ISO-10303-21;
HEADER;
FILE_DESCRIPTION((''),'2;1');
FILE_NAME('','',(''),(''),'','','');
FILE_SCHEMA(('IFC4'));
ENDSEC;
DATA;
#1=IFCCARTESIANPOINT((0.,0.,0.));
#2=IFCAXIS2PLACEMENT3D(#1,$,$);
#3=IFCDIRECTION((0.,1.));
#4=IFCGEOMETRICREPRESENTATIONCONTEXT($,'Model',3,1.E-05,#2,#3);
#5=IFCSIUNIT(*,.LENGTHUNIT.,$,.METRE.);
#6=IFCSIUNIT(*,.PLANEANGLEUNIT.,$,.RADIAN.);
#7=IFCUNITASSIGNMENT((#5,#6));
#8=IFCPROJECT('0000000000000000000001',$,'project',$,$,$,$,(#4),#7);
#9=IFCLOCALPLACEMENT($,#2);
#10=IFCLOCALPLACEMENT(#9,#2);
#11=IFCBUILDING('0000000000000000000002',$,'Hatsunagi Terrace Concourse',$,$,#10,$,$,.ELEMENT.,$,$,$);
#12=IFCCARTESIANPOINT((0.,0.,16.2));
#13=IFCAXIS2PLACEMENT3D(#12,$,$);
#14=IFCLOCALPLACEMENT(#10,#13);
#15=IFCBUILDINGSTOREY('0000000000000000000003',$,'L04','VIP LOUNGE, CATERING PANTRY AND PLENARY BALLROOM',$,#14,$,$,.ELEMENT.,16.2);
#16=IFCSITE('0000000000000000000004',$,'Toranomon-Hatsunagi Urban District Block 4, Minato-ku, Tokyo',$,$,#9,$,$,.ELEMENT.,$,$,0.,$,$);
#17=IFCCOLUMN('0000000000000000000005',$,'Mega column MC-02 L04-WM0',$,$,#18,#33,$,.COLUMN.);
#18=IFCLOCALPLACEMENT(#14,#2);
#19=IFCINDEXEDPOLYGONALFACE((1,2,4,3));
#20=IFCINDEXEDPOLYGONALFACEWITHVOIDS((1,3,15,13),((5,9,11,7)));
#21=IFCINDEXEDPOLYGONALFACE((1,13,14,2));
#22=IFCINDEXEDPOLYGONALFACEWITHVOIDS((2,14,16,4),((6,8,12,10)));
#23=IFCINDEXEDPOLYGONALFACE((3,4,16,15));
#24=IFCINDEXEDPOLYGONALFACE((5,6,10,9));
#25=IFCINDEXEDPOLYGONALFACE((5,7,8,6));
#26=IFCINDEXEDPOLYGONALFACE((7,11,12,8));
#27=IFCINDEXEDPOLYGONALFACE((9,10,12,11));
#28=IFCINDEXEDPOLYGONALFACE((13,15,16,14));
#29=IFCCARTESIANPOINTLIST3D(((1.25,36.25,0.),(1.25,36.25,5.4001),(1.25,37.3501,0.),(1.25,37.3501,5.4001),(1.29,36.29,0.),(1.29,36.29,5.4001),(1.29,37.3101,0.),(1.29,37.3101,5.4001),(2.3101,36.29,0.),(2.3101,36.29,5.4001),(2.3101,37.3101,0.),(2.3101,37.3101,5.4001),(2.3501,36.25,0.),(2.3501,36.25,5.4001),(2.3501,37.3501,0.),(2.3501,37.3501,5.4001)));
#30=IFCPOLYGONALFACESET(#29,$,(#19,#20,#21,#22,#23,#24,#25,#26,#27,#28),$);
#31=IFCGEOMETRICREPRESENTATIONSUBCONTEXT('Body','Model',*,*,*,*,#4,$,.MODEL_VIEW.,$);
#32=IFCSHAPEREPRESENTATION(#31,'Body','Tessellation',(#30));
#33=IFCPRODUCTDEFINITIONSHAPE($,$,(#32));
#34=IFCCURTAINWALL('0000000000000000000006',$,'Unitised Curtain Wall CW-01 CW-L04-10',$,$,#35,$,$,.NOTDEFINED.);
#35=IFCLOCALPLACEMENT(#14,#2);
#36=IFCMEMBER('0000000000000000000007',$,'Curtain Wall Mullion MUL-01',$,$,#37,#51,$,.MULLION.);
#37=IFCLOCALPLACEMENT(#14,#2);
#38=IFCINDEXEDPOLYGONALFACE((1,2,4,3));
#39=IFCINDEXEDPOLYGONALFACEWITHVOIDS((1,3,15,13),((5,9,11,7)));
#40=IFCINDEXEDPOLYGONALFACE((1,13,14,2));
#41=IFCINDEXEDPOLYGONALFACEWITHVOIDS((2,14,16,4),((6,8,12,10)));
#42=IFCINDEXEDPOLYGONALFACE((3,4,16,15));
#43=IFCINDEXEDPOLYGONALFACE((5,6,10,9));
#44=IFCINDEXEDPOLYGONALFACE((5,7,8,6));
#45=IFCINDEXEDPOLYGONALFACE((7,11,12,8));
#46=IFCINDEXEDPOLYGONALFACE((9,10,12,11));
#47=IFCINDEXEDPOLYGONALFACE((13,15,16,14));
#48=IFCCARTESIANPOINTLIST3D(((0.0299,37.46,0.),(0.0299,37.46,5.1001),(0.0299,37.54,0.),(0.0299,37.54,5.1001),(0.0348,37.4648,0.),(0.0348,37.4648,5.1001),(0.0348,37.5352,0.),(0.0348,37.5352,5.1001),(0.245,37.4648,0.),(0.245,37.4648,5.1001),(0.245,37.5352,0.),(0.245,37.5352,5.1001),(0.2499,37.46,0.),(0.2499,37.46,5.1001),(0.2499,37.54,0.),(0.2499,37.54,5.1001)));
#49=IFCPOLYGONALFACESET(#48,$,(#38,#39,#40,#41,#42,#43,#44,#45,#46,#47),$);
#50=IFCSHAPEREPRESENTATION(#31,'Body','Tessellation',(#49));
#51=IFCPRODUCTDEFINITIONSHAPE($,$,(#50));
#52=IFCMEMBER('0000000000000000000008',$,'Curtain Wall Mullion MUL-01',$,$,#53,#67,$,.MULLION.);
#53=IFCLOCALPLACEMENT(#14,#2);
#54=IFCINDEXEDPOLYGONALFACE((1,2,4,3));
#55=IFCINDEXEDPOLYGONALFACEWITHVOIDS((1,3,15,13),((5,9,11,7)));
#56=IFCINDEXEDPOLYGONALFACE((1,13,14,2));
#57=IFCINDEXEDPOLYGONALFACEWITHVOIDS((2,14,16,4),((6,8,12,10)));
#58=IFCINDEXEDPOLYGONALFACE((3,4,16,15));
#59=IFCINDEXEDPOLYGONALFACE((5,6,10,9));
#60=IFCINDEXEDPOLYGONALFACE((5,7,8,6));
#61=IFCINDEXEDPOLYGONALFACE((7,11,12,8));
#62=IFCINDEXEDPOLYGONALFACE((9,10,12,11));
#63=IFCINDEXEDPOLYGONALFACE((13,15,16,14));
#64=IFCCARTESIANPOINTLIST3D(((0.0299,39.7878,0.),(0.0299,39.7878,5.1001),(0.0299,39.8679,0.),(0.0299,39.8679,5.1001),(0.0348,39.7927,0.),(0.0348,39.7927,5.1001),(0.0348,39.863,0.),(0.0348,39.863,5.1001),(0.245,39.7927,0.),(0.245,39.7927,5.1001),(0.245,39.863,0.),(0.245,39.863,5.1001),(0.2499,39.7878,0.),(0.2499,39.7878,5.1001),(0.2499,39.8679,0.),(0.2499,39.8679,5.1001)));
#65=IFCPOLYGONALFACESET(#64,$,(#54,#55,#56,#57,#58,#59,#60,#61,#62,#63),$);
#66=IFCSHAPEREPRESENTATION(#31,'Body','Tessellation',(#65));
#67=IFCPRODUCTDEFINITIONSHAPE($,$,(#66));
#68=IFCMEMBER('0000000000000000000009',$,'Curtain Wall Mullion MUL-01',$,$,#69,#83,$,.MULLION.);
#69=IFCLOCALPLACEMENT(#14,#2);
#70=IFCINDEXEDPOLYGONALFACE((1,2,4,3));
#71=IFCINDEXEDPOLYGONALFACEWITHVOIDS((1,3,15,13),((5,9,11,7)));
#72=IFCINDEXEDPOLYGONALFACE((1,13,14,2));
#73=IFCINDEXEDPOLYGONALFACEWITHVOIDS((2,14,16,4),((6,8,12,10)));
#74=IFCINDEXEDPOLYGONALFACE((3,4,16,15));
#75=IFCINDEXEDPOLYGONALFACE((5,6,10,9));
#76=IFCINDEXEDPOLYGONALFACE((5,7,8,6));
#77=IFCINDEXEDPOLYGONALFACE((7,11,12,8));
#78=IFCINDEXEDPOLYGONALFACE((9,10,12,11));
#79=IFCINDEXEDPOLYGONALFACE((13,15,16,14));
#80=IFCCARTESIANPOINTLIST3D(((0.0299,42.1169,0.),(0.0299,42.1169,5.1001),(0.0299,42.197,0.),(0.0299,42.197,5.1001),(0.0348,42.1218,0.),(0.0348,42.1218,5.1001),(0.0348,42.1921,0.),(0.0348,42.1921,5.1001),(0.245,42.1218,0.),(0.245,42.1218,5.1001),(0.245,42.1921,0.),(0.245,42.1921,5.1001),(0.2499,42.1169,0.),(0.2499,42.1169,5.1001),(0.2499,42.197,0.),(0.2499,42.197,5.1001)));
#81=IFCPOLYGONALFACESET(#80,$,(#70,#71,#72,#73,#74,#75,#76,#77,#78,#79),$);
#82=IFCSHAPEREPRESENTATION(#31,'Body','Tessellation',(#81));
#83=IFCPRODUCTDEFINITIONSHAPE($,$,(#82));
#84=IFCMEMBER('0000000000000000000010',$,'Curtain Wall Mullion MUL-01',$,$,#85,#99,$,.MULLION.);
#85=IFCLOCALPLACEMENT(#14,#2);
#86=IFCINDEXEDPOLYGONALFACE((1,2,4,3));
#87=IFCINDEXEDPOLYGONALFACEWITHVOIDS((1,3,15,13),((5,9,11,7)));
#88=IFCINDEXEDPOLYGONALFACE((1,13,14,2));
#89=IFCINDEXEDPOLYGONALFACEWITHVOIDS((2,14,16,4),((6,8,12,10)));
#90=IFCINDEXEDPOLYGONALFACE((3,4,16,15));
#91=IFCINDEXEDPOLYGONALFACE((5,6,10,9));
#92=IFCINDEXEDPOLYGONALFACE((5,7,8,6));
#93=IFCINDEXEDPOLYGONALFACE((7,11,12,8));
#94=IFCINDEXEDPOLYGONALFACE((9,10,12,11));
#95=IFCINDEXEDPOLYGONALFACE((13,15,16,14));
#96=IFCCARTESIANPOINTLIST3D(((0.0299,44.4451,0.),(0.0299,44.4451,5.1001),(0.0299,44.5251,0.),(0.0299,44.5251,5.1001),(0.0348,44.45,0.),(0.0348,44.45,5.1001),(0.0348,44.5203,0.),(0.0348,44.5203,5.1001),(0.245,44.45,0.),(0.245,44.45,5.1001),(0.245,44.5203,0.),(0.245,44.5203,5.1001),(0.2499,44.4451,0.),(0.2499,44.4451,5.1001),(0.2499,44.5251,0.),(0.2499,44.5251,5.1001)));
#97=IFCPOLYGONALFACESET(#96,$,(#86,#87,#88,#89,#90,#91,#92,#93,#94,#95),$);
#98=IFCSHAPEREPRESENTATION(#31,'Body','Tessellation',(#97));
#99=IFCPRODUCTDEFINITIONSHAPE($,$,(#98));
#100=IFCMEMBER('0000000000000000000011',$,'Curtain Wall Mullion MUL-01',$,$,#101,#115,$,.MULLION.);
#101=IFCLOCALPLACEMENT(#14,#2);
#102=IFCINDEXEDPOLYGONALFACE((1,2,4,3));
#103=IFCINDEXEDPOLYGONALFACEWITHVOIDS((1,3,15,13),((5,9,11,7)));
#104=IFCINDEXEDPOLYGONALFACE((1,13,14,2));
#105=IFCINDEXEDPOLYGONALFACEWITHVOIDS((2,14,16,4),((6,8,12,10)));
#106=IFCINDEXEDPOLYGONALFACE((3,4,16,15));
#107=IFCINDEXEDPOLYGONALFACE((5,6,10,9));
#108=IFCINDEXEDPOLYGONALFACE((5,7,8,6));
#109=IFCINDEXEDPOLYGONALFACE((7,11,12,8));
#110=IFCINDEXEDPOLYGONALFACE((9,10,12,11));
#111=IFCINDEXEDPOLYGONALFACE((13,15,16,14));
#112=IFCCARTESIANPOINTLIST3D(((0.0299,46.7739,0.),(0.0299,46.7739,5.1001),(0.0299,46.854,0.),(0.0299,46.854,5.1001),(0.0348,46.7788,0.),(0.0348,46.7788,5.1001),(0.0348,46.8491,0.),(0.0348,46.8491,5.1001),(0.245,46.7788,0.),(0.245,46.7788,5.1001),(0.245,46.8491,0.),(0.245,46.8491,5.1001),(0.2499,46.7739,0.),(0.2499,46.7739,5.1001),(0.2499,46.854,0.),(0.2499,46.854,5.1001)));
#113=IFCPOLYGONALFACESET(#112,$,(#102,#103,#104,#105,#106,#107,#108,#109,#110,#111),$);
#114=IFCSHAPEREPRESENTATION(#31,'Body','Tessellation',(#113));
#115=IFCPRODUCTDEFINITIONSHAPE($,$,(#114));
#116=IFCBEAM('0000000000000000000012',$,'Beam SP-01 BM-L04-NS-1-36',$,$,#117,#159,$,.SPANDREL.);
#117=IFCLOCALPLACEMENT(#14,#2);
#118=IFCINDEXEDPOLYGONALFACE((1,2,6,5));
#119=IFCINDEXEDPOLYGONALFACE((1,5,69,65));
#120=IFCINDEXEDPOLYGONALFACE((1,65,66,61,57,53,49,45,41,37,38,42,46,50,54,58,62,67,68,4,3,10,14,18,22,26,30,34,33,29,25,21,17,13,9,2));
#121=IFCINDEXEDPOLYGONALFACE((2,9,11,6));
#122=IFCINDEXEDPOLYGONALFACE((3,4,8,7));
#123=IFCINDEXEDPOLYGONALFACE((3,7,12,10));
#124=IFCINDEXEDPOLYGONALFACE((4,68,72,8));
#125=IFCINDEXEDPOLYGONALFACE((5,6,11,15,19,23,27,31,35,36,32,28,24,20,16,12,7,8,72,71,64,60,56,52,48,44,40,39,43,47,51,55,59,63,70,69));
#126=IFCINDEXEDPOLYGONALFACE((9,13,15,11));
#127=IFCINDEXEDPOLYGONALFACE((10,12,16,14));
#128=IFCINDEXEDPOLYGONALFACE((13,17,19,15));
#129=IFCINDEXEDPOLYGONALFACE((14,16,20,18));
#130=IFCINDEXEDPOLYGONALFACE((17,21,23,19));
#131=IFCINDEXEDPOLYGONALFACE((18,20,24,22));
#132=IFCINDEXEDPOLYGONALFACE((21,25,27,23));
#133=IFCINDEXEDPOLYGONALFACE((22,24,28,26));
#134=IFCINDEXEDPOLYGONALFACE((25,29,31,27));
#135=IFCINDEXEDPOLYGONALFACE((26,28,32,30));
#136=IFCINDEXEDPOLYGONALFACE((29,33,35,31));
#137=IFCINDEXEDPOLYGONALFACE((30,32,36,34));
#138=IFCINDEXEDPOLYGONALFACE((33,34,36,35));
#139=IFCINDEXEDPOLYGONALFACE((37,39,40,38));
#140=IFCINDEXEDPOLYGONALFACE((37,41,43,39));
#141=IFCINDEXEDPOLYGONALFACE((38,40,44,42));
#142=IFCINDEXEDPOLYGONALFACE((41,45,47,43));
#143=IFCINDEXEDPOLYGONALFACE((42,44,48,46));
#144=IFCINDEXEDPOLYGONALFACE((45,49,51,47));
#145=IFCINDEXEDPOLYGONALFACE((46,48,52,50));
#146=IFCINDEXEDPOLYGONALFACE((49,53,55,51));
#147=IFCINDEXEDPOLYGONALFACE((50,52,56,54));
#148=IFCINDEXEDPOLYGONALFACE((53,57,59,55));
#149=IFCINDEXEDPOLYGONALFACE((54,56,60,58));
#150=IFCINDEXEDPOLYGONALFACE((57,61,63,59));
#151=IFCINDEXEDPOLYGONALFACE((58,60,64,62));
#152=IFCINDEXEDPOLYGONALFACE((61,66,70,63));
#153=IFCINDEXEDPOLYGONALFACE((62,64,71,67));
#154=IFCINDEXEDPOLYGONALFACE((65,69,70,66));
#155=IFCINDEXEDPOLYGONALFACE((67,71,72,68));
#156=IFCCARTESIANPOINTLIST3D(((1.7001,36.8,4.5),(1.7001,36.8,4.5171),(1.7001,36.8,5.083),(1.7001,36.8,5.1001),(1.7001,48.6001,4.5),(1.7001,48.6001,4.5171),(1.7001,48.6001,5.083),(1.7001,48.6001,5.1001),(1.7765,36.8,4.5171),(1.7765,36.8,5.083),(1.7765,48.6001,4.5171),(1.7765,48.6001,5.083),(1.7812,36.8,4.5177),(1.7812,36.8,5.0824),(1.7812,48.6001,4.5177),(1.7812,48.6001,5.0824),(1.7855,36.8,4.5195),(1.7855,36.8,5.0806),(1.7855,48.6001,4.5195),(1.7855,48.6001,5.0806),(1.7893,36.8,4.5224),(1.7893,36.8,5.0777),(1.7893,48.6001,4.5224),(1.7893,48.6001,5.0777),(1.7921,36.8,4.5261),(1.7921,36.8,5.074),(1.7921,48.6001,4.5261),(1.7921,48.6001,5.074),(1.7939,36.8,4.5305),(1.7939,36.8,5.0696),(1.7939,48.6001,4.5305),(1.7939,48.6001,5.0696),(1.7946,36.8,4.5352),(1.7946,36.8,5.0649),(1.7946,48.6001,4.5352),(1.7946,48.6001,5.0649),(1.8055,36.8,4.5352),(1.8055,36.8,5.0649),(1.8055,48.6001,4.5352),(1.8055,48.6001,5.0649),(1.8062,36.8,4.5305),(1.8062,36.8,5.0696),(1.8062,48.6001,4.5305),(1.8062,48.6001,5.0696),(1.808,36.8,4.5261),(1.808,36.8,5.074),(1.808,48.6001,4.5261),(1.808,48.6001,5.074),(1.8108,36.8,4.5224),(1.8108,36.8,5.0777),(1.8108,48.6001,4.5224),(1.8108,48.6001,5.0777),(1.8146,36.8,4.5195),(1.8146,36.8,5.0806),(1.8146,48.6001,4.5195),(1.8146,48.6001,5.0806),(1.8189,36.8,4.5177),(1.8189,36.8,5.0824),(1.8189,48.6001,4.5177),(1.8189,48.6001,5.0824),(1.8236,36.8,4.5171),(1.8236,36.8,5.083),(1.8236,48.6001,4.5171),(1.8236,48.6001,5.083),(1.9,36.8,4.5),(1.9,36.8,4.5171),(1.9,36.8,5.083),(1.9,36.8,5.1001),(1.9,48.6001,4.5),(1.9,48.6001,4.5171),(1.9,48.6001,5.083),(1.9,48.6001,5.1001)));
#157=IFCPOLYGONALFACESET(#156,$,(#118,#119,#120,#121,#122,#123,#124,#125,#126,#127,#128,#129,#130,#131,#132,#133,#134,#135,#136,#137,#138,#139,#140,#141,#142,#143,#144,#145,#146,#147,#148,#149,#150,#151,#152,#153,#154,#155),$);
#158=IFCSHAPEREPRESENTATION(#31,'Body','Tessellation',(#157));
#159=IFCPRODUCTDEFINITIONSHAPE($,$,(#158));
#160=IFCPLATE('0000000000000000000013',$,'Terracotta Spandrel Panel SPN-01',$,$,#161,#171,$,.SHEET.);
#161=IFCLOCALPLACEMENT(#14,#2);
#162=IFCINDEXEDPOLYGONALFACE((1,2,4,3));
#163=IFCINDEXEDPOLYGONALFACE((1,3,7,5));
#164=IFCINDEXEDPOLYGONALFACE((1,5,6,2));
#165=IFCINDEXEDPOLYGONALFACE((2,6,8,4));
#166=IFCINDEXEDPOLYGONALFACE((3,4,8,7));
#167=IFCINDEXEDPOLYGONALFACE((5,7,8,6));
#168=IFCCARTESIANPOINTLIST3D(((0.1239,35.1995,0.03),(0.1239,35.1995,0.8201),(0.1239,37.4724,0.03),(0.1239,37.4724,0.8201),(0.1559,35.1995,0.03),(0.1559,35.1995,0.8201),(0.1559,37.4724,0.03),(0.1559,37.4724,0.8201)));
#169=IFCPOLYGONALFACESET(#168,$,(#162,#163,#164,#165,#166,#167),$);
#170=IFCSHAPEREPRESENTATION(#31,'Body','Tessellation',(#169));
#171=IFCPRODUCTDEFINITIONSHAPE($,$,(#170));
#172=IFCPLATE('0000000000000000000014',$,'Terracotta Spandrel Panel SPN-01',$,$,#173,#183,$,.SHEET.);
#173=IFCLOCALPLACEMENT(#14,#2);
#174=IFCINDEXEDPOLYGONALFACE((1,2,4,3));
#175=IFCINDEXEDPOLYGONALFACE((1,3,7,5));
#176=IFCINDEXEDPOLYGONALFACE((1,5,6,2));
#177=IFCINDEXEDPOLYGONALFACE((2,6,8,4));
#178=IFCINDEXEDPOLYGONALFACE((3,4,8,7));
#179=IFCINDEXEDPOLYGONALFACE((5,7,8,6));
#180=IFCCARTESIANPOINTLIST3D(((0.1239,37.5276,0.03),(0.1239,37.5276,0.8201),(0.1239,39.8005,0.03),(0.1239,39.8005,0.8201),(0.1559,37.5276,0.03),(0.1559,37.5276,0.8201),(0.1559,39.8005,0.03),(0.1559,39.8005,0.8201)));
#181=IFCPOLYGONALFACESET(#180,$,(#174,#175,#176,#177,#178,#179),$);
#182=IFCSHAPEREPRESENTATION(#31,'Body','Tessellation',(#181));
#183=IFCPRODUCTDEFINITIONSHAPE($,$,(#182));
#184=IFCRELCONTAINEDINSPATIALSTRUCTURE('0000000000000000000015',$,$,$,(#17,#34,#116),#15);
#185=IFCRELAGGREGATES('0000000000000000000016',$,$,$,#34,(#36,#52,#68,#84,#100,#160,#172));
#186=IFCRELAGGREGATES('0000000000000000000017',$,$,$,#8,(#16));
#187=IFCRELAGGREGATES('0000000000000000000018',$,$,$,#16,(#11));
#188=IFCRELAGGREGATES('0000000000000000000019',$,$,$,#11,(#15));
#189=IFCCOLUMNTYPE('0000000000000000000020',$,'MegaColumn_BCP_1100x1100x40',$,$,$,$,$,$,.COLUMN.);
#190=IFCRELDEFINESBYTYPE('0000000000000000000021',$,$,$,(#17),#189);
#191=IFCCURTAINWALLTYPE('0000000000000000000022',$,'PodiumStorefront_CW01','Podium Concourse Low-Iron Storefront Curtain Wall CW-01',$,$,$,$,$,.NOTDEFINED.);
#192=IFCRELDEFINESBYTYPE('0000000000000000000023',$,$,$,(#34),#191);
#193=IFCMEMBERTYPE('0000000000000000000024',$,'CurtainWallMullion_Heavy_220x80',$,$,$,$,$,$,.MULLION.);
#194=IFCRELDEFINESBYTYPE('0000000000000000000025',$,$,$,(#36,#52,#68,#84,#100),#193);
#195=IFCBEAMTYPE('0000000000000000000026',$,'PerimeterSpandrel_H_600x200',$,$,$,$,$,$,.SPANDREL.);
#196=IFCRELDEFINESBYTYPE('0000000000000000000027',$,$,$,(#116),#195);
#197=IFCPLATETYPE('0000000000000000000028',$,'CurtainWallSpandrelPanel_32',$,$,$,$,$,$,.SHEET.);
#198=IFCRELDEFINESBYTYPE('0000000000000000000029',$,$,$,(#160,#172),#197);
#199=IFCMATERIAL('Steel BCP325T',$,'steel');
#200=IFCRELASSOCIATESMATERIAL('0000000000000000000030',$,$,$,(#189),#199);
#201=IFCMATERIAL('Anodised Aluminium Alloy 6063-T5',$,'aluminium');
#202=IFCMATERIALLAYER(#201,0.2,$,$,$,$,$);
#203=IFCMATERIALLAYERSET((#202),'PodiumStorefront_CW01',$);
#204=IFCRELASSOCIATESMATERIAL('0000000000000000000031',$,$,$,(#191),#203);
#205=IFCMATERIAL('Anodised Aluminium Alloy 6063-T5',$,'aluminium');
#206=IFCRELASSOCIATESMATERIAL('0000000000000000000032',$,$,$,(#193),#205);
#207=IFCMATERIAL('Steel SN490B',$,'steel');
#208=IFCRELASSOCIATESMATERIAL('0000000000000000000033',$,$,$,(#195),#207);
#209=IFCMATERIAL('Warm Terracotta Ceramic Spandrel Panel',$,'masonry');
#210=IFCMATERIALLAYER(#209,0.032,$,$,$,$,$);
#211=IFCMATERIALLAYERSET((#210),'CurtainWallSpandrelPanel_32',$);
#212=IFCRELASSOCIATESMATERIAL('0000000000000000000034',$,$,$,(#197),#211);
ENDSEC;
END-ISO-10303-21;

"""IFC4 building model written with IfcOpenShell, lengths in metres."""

from ifc_helpers import new_model, si_unit, direction, frame, origin, origin_2d, place, context, subcontext, project, spatial, rectangle, hollow_rectangle, i_section, extrude, material, layer, layer_set, material_profile, profile_set, type_object, element, aggregate, save


model = new_model("IFC4")

# Units and contexts
model_context = context("Model", 3, precision=1e-05, world=origin(), true_north=direction((0.0, 1.0)))
body_context = subcontext(model_context, "Body", "Model", "MODEL_VIEW")
ifc_project = project(units=[si_unit("LENGTHUNIT", "METRE"), si_unit("PLANEANGLEUNIT", "RADIAN")], contexts=[model_context])

# Site, building, storey
site_placement = place(None, origin())
site = spatial("IfcSite", under=ifc_project, at=site_placement, Name="Toranomon-Hatsunagi Urban District Block 4, Minato-ku, Tokyo", CompositionType="ELEMENT", RefElevation=0.0)
building_placement = place(site_placement, origin())
building = spatial("IfcBuilding", under=site, at=building_placement, Name="Hatsunagi Terrace Concourse", CompositionType="ELEMENT")
storey_placement = place(building_placement, frame((0.0, 0.0, 16.2)))
storey = spatial("IfcBuildingStorey", under=building, at=storey_placement, Name="L04", Description="VIP LOUNGE, CATERING PANTRY AND PLENARY BALLROOM", CompositionType="ELEMENT", Elevation=16.2)

# Column
ifc_material_1 = material(Name="Steel BCP325T", Category="steel")
ifc_material_profile_1 = material_profile(ifc_material_1, hollow_rectangle(XDim=1.1001, YDim=1.1001, WallThickness=0.04, at=origin_2d()), Name="BCP-1100x1100x40")
ifc_profile_set_1 = profile_set([ifc_material_profile_1], Name="Steel BCP325T")
column_type = type_object("IfcColumnType", Name="MegaColumn_BCP_1100x1100x40", PredefinedType="COLUMN", material=ifc_profile_set_1)
column_placement = place(storey_placement, frame((1.8, 36.8, 0.0), z_axis=(0.0, 0.0, 1.0), x_axis=(1.0, 0.0, 0.0)))
element("IfcColumn", 1, at=column_placement, inside=storey, type_object=column_type, Name="Mega column MC-02 L04-WM0", PredefinedType="COLUMN", context=body_context, shape_type="SweptSolid", body=[
    extrude(hollow_rectangle(XDim=1.1001, YDim=1.1001, WallThickness=0.04, at=origin_2d()), origin(), (0.0, 0.0, 1.0), 5.4001),
])

# Curtain wall, members
ifc_material_2 = material(Name="Anodised Aluminium Alloy 6063-T5", Category="aluminium")
ifc_layer_1 = layer(ifc_material_2, 0.2)
ifc_layer_set_1 = layer_set([ifc_layer_1], Name="PodiumStorefront_CW01")
curtain_wall_type = type_object("IfcCurtainWallType", Name="PodiumStorefront_CW01", Description="Podium Concourse Low-Iron Storefront Curtain Wall CW-01", PredefinedType="NOTDEFINED", material=ifc_layer_set_1)
curtain_wall_placement = place(storey_placement, origin())
curtain_wall = element("IfcCurtainWall", 2, at=curtain_wall_placement, inside=storey, type_object=curtain_wall_type, Name="Unitised Curtain Wall CW-01 CW-L04-10", PredefinedType="NOTDEFINED")
ifc_material_3 = material(Name="Anodised Aluminium Alloy 6063-T5", Category="aluminium")
ifc_material_profile_2 = material_profile(ifc_material_3, hollow_rectangle(XDim=0.0801, YDim=0.22, WallThickness=0.0049, at=origin_2d()), Name="ALU-MUL-220x80x5")
ifc_profile_set_2 = profile_set([ifc_material_profile_2], Name="Anodised Aluminium Alloy 6063-T5")
member_type = type_object("IfcMemberType", Name="CurtainWallMullion_Heavy_220x80", PredefinedType="MULLION", material=ifc_profile_set_2)
member_1_placement = place(storey_placement, frame((0.1399, 37.5, 0.0), z_axis=(0.0, 0.0, 1.0), x_axis=(0.0, 1.0, 0.0)))
member_1 = element("IfcMember", 3, at=member_1_placement, type_object=member_type, Name="Curtain Wall Mullion MUL-01", PredefinedType="MULLION", context=body_context, shape_type="SweptSolid", body=[
    extrude(hollow_rectangle(XDim=0.0801, YDim=0.22, WallThickness=0.0049, at=origin_2d()), origin(), (0.0, 0.0, 1.0), 5.1001),
])
member_2_placement = place(storey_placement, frame((0.1399, 39.8279, 0.0), z_axis=(0.0, 0.0, 1.0), x_axis=(0.0, 1.0, 0.0)))
member_2 = element("IfcMember", 4, at=member_2_placement, type_object=member_type, Name="Curtain Wall Mullion MUL-01", PredefinedType="MULLION", context=body_context, shape_type="SweptSolid", body=[
    extrude(hollow_rectangle(XDim=0.0801, YDim=0.22, WallThickness=0.0049, at=origin_2d()), origin(), (0.0, 0.0, 1.0), 5.1001),
])
member_3_placement = place(storey_placement, frame((0.1399, 42.157, 0.0), z_axis=(0.0, 0.0, 1.0), x_axis=(0.0, 1.0, 0.0)))
member_3 = element("IfcMember", 5, at=member_3_placement, type_object=member_type, Name="Curtain Wall Mullion MUL-01", PredefinedType="MULLION", context=body_context, shape_type="SweptSolid", body=[
    extrude(hollow_rectangle(XDim=0.0801, YDim=0.22, WallThickness=0.0049, at=origin_2d()), origin(), (0.0, 0.0, 1.0), 5.1001),
])
member_4_placement = place(storey_placement, frame((0.1399, 44.4851, 0.0), z_axis=(0.0, 0.0, 1.0), x_axis=(0.0, 1.0, 0.0)))
member_4 = element("IfcMember", 6, at=member_4_placement, type_object=member_type, Name="Curtain Wall Mullion MUL-01", PredefinedType="MULLION", context=body_context, shape_type="SweptSolid", body=[
    extrude(hollow_rectangle(XDim=0.0801, YDim=0.22, WallThickness=0.0049, at=origin_2d()), origin(), (0.0, 0.0, 1.0), 5.1001),
])
member_5_placement = place(storey_placement, frame((0.1399, 46.814, 0.0), z_axis=(0.0, 0.0, 1.0), x_axis=(0.0, 1.0, 0.0)))
member_5 = element("IfcMember", 7, at=member_5_placement, type_object=member_type, Name="Curtain Wall Mullion MUL-01", PredefinedType="MULLION", context=body_context, shape_type="SweptSolid", body=[
    extrude(hollow_rectangle(XDim=0.0801, YDim=0.22, WallThickness=0.0049, at=origin_2d()), origin(), (0.0, 0.0, 1.0), 5.1001),
])

# Beam
ifc_material_4 = material(Name="Steel SN490B", Category="steel")
ifc_material_profile_3 = material_profile(ifc_material_4, i_section(OverallWidth=0.2, OverallDepth=0.6001, WebThickness=0.011, FlangeThickness=0.0171, FilletRadius=0.0181, at=origin_2d()), Name="H-600x200x11x17")
ifc_profile_set_3 = profile_set([ifc_material_profile_3], Name="Steel SN490B")
beam_type = type_object("IfcBeamType", Name="PerimeterSpandrel_H_600x200", PredefinedType="SPANDREL", material=ifc_profile_set_3)
beam_placement = place(storey_placement, frame((1.8, 36.8, 4.8), z_axis=(0.0, 1.0, 0.0), x_axis=(-1.0, 0.0, 0.0)))
element("IfcBeam", 8, at=beam_placement, inside=storey, type_object=beam_type, Name="Beam SP-01 BM-L04-NS-1-36", PredefinedType="SPANDREL", context=body_context, shape_type="SweptSolid", body=[
    extrude(i_section(OverallWidth=0.2, OverallDepth=0.6001, WebThickness=0.011, FlangeThickness=0.0171, FilletRadius=0.0181, at=origin_2d()), origin(), (0.0, 0.0, 1.0), 11.8),
])

# Plates
ifc_material_5 = material(Name="Warm Terracotta Ceramic Spandrel Panel", Category="masonry")
ifc_layer_2 = layer(ifc_material_5, 0.032)
ifc_layer_set_2 = layer_set([ifc_layer_2], Name="CurtainWallSpandrelPanel_32")
plate_type_1 = type_object("IfcPlateType", Name="CurtainWallSpandrelPanel_32", PredefinedType="SHEET", material=ifc_layer_set_2)
plate_1_placement = place(storey_placement, frame((0.1399, 36.3359, 0.03), z_axis=(0.0, 0.0, 1.0), x_axis=(0.0, 1.0, 0.0)))
plate_1 = element("IfcPlate", 9, at=plate_1_placement, type_object=plate_type_1, Name="Terracotta Spandrel Panel SPN-01", PredefinedType="SHEET", context=body_context, shape_type="SweptSolid", body=[
    extrude(rectangle(XDim=2.2729, YDim=0.032, at=origin_2d()), origin(), (0.0, 0.0, 1.0), 0.79),
])
plate_2_placement = place(storey_placement, frame((0.1399, 38.6641, 0.03), z_axis=(0.0, 0.0, 1.0), x_axis=(0.0, 1.0, 0.0)))
plate_2 = element("IfcPlate", 10, at=plate_2_placement, type_object=plate_type_1, Name="Terracotta Spandrel Panel SPN-01", PredefinedType="SHEET", context=body_context, shape_type="SweptSolid", body=[
    extrude(rectangle(XDim=2.2729, YDim=0.032, at=origin_2d()), origin(), (0.0, 0.0, 1.0), 0.79),
])
aggregate(curtain_wall, [member_1, member_2, member_3, member_4, member_5, plate_1, plate_2])

save(model, "model.ifc")
